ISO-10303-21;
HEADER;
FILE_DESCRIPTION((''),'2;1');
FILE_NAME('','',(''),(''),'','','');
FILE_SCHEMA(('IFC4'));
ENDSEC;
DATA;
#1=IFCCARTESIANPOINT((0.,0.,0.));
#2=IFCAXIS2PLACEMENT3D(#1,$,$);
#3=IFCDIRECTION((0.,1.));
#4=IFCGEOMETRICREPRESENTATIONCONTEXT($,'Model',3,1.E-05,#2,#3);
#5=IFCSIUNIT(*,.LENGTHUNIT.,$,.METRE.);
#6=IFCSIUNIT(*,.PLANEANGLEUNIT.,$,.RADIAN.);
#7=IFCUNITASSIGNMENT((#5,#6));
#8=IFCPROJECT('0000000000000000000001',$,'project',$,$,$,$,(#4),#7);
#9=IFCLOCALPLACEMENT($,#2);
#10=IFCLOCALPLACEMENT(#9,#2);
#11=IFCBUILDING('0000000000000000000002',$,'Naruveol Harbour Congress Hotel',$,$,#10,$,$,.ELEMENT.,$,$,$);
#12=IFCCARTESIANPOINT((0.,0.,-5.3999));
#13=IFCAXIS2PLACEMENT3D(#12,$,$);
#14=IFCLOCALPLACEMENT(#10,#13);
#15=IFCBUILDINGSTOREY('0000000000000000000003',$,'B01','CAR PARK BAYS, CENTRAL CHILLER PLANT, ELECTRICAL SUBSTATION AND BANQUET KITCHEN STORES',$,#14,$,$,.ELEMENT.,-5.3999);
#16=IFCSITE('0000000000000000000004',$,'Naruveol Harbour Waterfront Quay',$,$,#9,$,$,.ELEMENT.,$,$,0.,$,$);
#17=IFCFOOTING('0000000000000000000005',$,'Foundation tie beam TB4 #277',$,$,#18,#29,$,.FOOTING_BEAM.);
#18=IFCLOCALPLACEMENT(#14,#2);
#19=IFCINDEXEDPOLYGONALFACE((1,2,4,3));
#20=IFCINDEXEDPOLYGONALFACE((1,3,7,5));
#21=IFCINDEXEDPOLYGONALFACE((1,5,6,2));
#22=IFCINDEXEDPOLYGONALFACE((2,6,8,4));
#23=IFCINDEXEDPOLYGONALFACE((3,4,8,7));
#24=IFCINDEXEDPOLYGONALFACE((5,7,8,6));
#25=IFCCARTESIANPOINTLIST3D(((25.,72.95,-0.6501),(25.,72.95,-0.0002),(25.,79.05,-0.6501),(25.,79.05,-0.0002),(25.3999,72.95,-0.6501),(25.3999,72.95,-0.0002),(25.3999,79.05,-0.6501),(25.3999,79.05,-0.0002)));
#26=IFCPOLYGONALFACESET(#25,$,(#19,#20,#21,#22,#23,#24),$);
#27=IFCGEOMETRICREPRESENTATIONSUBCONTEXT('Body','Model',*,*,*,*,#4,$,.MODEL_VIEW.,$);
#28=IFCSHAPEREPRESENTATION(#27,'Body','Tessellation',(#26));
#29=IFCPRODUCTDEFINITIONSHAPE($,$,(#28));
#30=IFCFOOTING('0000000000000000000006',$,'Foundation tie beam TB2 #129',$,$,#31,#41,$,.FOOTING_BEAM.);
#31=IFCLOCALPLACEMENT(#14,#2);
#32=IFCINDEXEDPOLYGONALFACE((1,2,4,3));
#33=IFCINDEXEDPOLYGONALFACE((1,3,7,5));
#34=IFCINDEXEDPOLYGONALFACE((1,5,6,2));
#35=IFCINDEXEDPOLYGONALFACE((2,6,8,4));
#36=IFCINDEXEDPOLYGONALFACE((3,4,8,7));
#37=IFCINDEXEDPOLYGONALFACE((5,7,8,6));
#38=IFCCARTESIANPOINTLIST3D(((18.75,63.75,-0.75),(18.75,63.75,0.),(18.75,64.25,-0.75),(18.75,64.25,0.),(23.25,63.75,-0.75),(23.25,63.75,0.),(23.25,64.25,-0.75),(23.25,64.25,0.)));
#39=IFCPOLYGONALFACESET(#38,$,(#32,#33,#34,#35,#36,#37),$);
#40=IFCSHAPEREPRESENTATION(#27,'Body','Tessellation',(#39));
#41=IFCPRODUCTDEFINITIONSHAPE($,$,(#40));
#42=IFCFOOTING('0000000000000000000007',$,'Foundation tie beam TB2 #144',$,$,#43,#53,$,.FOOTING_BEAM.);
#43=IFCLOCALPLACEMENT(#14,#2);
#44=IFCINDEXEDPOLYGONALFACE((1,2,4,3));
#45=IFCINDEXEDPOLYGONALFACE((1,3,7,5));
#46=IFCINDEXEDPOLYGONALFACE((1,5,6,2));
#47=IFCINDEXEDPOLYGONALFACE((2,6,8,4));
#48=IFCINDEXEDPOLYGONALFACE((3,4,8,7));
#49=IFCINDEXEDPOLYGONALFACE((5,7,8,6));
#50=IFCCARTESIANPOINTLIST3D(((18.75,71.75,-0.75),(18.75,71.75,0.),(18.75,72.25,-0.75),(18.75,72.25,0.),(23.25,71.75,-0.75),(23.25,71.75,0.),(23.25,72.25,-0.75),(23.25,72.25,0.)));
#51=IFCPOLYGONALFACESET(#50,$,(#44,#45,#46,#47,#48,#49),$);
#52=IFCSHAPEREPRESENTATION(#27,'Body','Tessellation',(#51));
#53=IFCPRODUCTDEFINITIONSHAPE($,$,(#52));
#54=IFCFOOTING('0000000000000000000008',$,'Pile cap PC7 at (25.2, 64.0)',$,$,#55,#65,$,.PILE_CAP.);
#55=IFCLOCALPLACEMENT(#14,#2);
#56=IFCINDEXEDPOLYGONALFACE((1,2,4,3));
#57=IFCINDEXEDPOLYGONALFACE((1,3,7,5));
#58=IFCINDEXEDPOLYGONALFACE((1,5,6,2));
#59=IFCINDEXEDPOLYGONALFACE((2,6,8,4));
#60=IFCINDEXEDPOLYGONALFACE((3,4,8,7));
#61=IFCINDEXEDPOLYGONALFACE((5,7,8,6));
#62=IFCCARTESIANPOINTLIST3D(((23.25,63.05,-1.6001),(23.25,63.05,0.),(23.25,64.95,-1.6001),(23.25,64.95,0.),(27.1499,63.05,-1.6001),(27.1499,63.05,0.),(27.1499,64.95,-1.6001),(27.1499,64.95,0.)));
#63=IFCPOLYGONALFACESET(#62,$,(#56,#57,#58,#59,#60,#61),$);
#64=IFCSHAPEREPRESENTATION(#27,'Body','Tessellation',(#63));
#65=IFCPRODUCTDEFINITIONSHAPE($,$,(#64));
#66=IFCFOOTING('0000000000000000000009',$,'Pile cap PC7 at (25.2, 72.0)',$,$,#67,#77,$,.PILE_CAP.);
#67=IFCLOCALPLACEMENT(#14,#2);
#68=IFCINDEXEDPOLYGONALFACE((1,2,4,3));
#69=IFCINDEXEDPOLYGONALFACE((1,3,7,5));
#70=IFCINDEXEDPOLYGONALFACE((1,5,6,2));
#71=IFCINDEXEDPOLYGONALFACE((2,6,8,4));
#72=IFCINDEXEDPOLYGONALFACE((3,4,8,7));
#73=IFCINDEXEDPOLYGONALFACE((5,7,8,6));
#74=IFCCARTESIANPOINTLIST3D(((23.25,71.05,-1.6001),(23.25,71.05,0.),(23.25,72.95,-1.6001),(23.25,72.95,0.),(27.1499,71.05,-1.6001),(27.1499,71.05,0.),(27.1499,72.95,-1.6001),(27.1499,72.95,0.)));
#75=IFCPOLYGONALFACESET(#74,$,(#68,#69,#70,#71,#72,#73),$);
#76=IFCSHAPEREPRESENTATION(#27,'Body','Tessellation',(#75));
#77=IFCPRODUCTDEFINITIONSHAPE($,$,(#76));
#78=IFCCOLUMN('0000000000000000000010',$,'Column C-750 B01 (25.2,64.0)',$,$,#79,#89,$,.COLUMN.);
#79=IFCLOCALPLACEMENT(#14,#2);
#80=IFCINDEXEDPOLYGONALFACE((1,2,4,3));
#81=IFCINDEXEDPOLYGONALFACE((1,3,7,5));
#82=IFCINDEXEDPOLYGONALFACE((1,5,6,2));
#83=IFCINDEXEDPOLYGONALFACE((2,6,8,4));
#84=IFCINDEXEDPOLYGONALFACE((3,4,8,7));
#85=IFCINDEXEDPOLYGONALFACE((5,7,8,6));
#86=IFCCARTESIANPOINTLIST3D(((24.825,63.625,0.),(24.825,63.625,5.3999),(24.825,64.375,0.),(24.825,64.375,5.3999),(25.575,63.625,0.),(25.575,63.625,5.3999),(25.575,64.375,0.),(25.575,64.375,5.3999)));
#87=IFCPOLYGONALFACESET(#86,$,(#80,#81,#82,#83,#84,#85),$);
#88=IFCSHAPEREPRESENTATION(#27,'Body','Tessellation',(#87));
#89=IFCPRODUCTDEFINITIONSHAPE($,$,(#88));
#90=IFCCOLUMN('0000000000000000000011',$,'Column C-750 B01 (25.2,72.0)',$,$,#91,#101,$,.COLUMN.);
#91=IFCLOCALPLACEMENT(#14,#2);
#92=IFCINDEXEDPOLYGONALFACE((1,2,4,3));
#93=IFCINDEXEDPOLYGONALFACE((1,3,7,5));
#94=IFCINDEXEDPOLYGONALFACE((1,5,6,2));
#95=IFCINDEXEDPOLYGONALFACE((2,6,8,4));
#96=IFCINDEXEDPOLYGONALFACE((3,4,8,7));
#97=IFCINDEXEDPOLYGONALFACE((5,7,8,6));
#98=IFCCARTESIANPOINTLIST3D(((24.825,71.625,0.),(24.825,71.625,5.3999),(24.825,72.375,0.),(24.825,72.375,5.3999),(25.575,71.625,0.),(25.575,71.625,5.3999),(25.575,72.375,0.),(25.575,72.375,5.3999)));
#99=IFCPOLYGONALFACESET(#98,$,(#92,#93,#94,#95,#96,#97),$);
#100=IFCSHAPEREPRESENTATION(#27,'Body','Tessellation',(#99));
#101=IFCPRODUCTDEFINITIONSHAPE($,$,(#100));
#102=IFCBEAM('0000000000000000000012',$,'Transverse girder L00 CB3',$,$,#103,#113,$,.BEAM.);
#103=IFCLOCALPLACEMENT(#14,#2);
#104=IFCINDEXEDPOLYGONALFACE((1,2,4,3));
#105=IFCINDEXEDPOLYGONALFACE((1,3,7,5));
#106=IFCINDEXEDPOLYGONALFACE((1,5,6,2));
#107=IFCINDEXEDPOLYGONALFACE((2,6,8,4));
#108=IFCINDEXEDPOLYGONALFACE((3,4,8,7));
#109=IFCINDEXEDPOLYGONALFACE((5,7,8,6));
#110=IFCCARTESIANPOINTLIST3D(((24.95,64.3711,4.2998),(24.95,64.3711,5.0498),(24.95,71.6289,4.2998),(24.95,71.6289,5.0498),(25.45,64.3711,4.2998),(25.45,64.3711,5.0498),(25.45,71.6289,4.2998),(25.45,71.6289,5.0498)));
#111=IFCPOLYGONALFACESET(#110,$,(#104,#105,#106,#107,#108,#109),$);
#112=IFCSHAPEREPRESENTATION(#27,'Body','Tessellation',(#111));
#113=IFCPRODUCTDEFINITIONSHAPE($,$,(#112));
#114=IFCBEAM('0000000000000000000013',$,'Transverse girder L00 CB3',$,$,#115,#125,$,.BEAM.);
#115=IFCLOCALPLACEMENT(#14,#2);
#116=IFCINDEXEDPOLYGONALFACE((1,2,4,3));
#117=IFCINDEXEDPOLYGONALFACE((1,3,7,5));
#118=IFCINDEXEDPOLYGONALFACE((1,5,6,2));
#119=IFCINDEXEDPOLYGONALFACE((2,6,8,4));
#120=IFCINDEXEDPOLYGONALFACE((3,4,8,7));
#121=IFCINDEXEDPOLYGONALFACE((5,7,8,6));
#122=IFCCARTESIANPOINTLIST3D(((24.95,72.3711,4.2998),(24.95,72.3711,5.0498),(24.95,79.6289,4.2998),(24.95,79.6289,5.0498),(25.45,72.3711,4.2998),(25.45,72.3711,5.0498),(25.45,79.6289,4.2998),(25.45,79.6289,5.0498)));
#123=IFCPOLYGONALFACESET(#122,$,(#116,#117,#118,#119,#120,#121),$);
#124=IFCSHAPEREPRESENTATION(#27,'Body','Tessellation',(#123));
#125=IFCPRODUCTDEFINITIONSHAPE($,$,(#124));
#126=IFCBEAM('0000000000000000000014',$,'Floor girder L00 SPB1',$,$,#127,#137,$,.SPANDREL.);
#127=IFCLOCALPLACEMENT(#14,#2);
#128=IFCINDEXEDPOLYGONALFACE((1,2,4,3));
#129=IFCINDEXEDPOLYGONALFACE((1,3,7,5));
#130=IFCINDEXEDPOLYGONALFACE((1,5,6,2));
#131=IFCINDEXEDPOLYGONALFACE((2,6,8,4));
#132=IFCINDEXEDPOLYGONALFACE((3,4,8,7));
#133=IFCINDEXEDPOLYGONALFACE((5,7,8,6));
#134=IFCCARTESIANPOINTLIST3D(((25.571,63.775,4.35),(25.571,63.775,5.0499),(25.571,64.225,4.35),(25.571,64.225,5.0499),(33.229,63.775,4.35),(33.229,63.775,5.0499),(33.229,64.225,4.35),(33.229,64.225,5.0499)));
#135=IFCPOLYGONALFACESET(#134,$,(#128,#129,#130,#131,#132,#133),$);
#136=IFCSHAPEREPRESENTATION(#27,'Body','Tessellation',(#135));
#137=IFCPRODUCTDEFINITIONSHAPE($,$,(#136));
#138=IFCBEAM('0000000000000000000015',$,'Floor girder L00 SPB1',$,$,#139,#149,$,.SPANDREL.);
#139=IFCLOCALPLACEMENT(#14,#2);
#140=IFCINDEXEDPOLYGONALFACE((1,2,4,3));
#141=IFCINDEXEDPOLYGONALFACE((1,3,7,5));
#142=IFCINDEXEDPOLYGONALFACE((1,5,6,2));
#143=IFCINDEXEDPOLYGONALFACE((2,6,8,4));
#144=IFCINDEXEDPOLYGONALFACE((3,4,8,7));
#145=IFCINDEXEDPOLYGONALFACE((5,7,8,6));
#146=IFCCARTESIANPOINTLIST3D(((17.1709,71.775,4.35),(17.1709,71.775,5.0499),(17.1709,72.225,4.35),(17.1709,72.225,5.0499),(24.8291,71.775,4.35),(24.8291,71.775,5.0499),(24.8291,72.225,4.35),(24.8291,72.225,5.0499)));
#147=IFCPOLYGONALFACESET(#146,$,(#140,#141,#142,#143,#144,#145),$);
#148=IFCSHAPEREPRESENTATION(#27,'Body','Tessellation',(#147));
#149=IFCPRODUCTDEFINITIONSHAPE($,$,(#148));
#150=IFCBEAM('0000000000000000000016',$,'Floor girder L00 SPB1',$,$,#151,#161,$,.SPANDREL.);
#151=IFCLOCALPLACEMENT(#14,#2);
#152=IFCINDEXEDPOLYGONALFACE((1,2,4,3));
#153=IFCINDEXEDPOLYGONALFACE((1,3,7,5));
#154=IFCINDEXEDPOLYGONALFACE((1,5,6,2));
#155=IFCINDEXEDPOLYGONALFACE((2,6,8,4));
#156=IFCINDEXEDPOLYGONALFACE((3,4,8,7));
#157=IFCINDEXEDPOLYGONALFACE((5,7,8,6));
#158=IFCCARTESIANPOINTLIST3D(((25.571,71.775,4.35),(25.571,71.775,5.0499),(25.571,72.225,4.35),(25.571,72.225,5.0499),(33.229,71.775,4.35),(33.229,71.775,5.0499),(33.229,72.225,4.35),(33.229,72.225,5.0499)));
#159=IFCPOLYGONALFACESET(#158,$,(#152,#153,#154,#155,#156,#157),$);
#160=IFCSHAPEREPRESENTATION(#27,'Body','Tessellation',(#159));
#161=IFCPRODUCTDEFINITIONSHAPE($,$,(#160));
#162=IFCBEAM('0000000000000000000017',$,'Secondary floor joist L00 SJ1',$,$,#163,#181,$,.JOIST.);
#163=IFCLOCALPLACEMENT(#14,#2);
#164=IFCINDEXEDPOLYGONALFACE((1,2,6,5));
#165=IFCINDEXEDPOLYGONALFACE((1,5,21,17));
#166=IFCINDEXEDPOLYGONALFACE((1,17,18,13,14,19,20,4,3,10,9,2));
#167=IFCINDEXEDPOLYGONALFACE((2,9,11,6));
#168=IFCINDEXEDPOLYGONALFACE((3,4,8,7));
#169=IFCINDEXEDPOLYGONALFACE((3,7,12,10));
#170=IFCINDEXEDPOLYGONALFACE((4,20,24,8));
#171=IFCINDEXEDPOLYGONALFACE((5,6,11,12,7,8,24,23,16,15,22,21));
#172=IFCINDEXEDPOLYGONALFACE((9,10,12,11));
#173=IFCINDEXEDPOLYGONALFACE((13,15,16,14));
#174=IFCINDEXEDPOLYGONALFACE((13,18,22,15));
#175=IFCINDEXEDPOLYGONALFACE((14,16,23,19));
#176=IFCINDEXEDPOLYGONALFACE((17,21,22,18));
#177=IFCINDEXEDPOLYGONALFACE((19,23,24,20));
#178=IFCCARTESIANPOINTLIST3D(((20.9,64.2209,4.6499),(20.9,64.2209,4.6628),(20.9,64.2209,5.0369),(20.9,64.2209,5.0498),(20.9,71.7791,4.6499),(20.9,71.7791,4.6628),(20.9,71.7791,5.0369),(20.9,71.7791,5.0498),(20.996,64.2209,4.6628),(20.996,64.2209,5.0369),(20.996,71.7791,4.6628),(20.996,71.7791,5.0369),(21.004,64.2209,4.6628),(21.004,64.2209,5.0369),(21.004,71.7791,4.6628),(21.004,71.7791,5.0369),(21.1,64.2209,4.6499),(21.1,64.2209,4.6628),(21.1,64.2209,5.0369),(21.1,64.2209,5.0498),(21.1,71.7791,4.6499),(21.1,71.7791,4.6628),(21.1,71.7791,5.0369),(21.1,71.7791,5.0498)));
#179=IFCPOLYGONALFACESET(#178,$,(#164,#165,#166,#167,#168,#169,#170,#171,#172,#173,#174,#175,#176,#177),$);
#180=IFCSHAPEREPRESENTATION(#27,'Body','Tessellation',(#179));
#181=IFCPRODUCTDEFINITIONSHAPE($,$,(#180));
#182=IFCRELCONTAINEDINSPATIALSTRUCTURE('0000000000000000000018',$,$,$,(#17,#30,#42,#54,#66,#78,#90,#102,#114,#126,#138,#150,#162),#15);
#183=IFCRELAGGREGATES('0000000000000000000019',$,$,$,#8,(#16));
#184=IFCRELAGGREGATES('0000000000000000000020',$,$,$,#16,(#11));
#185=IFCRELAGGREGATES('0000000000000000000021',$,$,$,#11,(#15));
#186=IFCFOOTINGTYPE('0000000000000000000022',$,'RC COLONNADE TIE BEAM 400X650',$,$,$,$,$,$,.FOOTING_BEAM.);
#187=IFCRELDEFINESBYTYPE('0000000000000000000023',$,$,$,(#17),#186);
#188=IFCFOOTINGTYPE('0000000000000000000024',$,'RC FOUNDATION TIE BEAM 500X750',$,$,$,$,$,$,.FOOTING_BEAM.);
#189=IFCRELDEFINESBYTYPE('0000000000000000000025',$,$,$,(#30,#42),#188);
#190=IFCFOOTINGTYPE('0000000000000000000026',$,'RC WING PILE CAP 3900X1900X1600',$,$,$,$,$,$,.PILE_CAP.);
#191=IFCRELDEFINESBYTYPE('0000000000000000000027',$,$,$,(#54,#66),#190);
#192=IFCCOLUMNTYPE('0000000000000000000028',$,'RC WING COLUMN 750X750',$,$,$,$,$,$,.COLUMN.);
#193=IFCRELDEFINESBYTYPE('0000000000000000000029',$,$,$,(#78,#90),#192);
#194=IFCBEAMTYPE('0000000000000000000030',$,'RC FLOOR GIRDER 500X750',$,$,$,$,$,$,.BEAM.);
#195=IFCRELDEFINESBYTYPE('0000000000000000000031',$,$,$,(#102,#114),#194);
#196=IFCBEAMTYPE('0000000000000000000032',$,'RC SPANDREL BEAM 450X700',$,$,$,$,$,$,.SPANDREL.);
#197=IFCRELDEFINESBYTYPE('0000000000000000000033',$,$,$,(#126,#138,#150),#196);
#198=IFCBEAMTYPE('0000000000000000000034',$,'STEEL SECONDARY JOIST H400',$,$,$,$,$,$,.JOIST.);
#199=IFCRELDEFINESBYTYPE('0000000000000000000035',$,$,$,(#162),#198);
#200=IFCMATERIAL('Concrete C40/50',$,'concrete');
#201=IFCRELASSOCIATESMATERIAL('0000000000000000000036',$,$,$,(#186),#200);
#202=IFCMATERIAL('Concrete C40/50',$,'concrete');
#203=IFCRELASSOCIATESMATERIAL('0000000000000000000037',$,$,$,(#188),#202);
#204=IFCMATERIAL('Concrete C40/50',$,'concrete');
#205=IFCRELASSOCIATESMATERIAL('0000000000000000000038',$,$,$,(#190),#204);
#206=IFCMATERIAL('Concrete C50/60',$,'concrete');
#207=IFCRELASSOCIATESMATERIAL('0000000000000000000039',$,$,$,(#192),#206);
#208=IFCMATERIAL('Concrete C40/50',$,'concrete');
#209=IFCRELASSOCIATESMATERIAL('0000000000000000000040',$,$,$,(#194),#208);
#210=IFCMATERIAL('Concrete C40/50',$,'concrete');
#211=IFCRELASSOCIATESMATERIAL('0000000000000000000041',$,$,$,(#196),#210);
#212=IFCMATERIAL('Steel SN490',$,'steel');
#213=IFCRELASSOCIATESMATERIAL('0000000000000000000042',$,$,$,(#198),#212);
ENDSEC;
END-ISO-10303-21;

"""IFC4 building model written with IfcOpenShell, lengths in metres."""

from ifc_helpers import new_model, si_unit, direction, frame, origin, origin_2d, place, context, subcontext, project, spatial, rectangle, i_section, extrude, material, material_profile, profile_set, type_object, element, save


model = new_model("IFC4")

# Units and contexts
model_context = context("Model", 3, precision=1e-05, world=origin(), true_north=direction((0.0, 1.0)))
body_context = subcontext(model_context, "Body", "Model", "MODEL_VIEW")
ifc_project = project(units=[si_unit("LENGTHUNIT", "METRE"), si_unit("PLANEANGLEUNIT", "RADIAN")], contexts=[model_context])

# Site, building, storey
site_placement = place(None, origin())
site = spatial("IfcSite", under=ifc_project, at=site_placement, Name="Naruveol Harbour Waterfront Quay", CompositionType="ELEMENT", RefElevation=0.0)
building_placement = place(site_placement, origin())
building = spatial("IfcBuilding", under=site, at=building_placement, Name="Naruveol Harbour Congress Hotel", CompositionType="ELEMENT")
storey_placement = place(building_placement, frame((0.0, 0.0, -5.3999)))
storey = spatial("IfcBuildingStorey", under=building, at=storey_placement, Name="B01", Description="CAR PARK BAYS, CENTRAL CHILLER PLANT, ELECTRICAL SUBSTATION AND BANQUET KITCHEN STORES", CompositionType="ELEMENT", Elevation=-5.3999)

# Footings
ifc_material_1 = material(Name="Concrete C40/50", Category="concrete")
ifc_material_profile_1 = material_profile(ifc_material_1, rectangle(XDim=0.3999, YDim=0.6499, at=origin_2d()), Name="RCB-400x650")
ifc_profile_set_1 = profile_set([ifc_material_profile_1], Name="Concrete C40/50")
footing_type_1 = type_object("IfcFootingType", Name="RC COLONNADE TIE BEAM 400X650", PredefinedType="FOOTING_BEAM", material=ifc_profile_set_1)
for number, where, z_axis, x_axis, name in (
    (1, (25.2, 72.95, -0.3252), (0.0, 1.0, 0.0), (-1.0, 0.0, 0.0), "Foundation tie beam TB4 #277"),
):
    element("IfcFooting", number, at=place(storey_placement, frame(where, z_axis=z_axis, x_axis=x_axis)), inside=storey, type_object=footing_type_1, Name=name, PredefinedType="FOOTING_BEAM", context=body_context, shape_type="SweptSolid", body=[
        extrude(rectangle(XDim=0.3999, YDim=0.6499, at=origin_2d()), origin(), (0.0, 0.0, 1.0), 6.1001),
    ])
ifc_material_2 = material(Name="Concrete C40/50", Category="concrete")
ifc_material_profile_2 = material_profile(ifc_material_2, rectangle(XDim=0.5, YDim=0.75, at=origin_2d()), Name="RCB-500x750")
ifc_profile_set_2 = profile_set([ifc_material_profile_2], Name="Concrete C40/50")
footing_type_2 = type_object("IfcFootingType", Name="RC FOUNDATION TIE BEAM 500X750", PredefinedType="FOOTING_BEAM", material=ifc_profile_set_2)
for number, where, z_axis, x_axis, name in (
    (2, (18.75, 64.0, -0.375), (1.0, 0.0, 0.0), (0.0, 1.0, 0.0), "Foundation tie beam TB2 #129"),
    (3, (18.75, 72.0, -0.375), (1.0, 0.0, 0.0), (0.0, 1.0, 0.0), "Foundation tie beam TB2 #144"),
):
    element("IfcFooting", number, at=place(storey_placement, frame(where, z_axis=z_axis, x_axis=x_axis)), inside=storey, type_object=footing_type_2, Name=name, PredefinedType="FOOTING_BEAM", context=body_context, shape_type="SweptSolid", body=[
        extrude(rectangle(XDim=0.5, YDim=0.75, at=origin_2d()), origin(), (0.0, 0.0, 1.0), 4.5),
    ])
ifc_material_3 = material(Name="Concrete C40/50", Category="concrete")
footing_type_3 = type_object("IfcFootingType", Name="RC WING PILE CAP 3900X1900X1600", PredefinedType="PILE_CAP", material=ifc_material_3)
for number, where, z_axis, x_axis, name in (
    (4, (25.2, 64.0, -1.6001), (0.0, 0.0, 1.0), (1.0, 0.0, 0.0), "Pile cap PC7 at (25.2, 64.0)"),
    (5, (25.2, 72.0, -1.6001), (0.0, 0.0, 1.0), (1.0, 0.0, 0.0), "Pile cap PC7 at (25.2, 72.0)"),
):
    element("IfcFooting", number, at=place(storey_placement, frame(where, z_axis=z_axis, x_axis=x_axis)), inside=storey, type_object=footing_type_3, Name=name, PredefinedType="PILE_CAP", context=body_context, shape_type="SweptSolid", body=[
        extrude(rectangle(XDim=3.8999, YDim=1.8999, at=origin_2d()), origin(), (0.0, 0.0, 1.0), 1.6001),
    ])

# Columns
ifc_material_4 = material(Name="Concrete C50/60", Category="concrete")
ifc_material_profile_3 = material_profile(ifc_material_4, rectangle(XDim=0.75, YDim=0.75, at=origin_2d()), Name="RC-750x750")
ifc_profile_set_3 = profile_set([ifc_material_profile_3], Name="Concrete C50/60")
column_type = type_object("IfcColumnType", Name="RC WING COLUMN 750X750", PredefinedType="COLUMN", material=ifc_profile_set_3)
for number, where, z_axis, x_axis, name in (
    (6, (25.2, 64.0, 0.0), (0.0, 0.0, 1.0), (1.0, 0.0, 0.0), "Column C-750 B01 (25.2,64.0)"),
    (7, (25.2, 72.0, 0.0), (0.0, 0.0, 1.0), (1.0, 0.0, 0.0), "Column C-750 B01 (25.2,72.0)"),
):
    element("IfcColumn", number, at=place(storey_placement, frame(where, z_axis=z_axis, x_axis=x_axis)), inside=storey, type_object=column_type, Name=name, PredefinedType="COLUMN", context=body_context, shape_type="SweptSolid", body=[
        extrude(rectangle(XDim=0.75, YDim=0.75, at=origin_2d()), origin(), (0.0, 0.0, 1.0), 5.3999),
    ])

# Beams
ifc_material_5 = material(Name="Concrete C40/50", Category="concrete")
ifc_material_profile_4 = material_profile(ifc_material_5, rectangle(XDim=0.5, YDim=0.75, at=origin_2d()), Name="RCB-500x750")
ifc_profile_set_4 = profile_set([ifc_material_profile_4], Name="Concrete C40/50")
beam_type_1 = type_object("IfcBeamType", Name="RC FLOOR GIRDER 500X750", PredefinedType="BEAM", material=ifc_profile_set_4)
for number, where, z_axis, x_axis, name in (
    (8, (25.2, 64.3711, 4.6748), (0.0, 1.0, 0.0), (-1.0, 0.0, 0.0), "Transverse girder L00 CB3"),
    (9, (25.2, 72.3711, 4.6748), (0.0, 1.0, 0.0), (-1.0, 0.0, 0.0), "Transverse girder L00 CB3"),
):
    element("IfcBeam", number, at=place(storey_placement, frame(where, z_axis=z_axis, x_axis=x_axis)), inside=storey, type_object=beam_type_1, Name=name, PredefinedType="BEAM", context=body_context, shape_type="SweptSolid", body=[
        extrude(rectangle(XDim=0.5, YDim=0.75, at=origin_2d()), origin(), (0.0, 0.0, 1.0), 7.2578),
    ])
ifc_material_6 = material(Name="Concrete C40/50", Category="concrete")
ifc_material_profile_5 = material_profile(ifc_material_6, rectangle(XDim=0.45, YDim=0.7, at=origin_2d()), Name="RCB-450x700")
ifc_profile_set_5 = profile_set([ifc_material_profile_5], Name="Concrete C40/50")
beam_type_2 = type_object("IfcBeamType", Name="RC SPANDREL BEAM 450X700", PredefinedType="SPANDREL", material=ifc_profile_set_5)
beam_1_placement = place(storey_placement, frame((25.571, 64.0, 4.7), z_axis=(1.0, 0.0, 0.0), x_axis=(0.0, 1.0, 0.0)))
element("IfcBeam", 10, at=beam_1_placement, inside=storey, type_object=beam_type_2, Name="Floor girder L00 SPB1", PredefinedType="SPANDREL", context=body_context, shape_type="SweptSolid", body=[
    extrude(rectangle(XDim=0.45, YDim=0.7, at=origin_2d()), origin(), (0.0, 0.0, 1.0), 7.658),
])
beam_2_placement = place(storey_placement, frame((17.1709, 72.0, 4.7), z_axis=(1.0, 0.0, 0.0), x_axis=(0.0, 1.0, 0.0)))
element("IfcBeam", 11, at=beam_2_placement, inside=storey, type_object=beam_type_2, Name="Floor girder L00 SPB1", PredefinedType="SPANDREL", context=body_context, shape_type="SweptSolid", body=[
    extrude(rectangle(XDim=0.45, YDim=0.7, at=origin_2d()), origin(), (0.0, 0.0, 1.0), 7.6582),
])
beam_3_placement = place(storey_placement, frame((25.571, 72.0, 4.7), z_axis=(1.0, 0.0, 0.0), x_axis=(0.0, 1.0, 0.0)))
element("IfcBeam", 12, at=beam_3_placement, inside=storey, type_object=beam_type_2, Name="Floor girder L00 SPB1", PredefinedType="SPANDREL", context=body_context, shape_type="SweptSolid", body=[
    extrude(rectangle(XDim=0.45, YDim=0.7, at=origin_2d()), origin(), (0.0, 0.0, 1.0), 7.658),
])
ifc_material_7 = material(Name="Steel SN490", Category="steel")
ifc_material_profile_6 = material_profile(ifc_material_7, i_section(OverallWidth=0.2, OverallDepth=0.3999, WebThickness=0.0081, FlangeThickness=0.0129, at=origin_2d()), Name="H-400x200x8x13")
ifc_profile_set_6 = profile_set([ifc_material_profile_6], Name="Steel SN490")
beam_type_3 = type_object("IfcBeamType", Name="STEEL SECONDARY JOIST H400", PredefinedType="JOIST", material=ifc_profile_set_6)
beam_4_placement = place(storey_placement, frame((21.0, 64.2209, 4.8499), z_axis=(0.0, 1.0, 0.0), x_axis=(-1.0, 0.0, 0.0)))
element("IfcBeam", 13, at=beam_4_placement, inside=storey, type_object=beam_type_3, Name="Secondary floor joist L00 SJ1", PredefinedType="JOIST", context=body_context, shape_type="SweptSolid", body=[
    extrude(i_section(OverallWidth=0.2, OverallDepth=0.3999, WebThickness=0.0081, FlangeThickness=0.0129, at=origin_2d()), origin(), (0.0, 0.0, 1.0), 7.5581),
])

save(model, "model.ifc")
